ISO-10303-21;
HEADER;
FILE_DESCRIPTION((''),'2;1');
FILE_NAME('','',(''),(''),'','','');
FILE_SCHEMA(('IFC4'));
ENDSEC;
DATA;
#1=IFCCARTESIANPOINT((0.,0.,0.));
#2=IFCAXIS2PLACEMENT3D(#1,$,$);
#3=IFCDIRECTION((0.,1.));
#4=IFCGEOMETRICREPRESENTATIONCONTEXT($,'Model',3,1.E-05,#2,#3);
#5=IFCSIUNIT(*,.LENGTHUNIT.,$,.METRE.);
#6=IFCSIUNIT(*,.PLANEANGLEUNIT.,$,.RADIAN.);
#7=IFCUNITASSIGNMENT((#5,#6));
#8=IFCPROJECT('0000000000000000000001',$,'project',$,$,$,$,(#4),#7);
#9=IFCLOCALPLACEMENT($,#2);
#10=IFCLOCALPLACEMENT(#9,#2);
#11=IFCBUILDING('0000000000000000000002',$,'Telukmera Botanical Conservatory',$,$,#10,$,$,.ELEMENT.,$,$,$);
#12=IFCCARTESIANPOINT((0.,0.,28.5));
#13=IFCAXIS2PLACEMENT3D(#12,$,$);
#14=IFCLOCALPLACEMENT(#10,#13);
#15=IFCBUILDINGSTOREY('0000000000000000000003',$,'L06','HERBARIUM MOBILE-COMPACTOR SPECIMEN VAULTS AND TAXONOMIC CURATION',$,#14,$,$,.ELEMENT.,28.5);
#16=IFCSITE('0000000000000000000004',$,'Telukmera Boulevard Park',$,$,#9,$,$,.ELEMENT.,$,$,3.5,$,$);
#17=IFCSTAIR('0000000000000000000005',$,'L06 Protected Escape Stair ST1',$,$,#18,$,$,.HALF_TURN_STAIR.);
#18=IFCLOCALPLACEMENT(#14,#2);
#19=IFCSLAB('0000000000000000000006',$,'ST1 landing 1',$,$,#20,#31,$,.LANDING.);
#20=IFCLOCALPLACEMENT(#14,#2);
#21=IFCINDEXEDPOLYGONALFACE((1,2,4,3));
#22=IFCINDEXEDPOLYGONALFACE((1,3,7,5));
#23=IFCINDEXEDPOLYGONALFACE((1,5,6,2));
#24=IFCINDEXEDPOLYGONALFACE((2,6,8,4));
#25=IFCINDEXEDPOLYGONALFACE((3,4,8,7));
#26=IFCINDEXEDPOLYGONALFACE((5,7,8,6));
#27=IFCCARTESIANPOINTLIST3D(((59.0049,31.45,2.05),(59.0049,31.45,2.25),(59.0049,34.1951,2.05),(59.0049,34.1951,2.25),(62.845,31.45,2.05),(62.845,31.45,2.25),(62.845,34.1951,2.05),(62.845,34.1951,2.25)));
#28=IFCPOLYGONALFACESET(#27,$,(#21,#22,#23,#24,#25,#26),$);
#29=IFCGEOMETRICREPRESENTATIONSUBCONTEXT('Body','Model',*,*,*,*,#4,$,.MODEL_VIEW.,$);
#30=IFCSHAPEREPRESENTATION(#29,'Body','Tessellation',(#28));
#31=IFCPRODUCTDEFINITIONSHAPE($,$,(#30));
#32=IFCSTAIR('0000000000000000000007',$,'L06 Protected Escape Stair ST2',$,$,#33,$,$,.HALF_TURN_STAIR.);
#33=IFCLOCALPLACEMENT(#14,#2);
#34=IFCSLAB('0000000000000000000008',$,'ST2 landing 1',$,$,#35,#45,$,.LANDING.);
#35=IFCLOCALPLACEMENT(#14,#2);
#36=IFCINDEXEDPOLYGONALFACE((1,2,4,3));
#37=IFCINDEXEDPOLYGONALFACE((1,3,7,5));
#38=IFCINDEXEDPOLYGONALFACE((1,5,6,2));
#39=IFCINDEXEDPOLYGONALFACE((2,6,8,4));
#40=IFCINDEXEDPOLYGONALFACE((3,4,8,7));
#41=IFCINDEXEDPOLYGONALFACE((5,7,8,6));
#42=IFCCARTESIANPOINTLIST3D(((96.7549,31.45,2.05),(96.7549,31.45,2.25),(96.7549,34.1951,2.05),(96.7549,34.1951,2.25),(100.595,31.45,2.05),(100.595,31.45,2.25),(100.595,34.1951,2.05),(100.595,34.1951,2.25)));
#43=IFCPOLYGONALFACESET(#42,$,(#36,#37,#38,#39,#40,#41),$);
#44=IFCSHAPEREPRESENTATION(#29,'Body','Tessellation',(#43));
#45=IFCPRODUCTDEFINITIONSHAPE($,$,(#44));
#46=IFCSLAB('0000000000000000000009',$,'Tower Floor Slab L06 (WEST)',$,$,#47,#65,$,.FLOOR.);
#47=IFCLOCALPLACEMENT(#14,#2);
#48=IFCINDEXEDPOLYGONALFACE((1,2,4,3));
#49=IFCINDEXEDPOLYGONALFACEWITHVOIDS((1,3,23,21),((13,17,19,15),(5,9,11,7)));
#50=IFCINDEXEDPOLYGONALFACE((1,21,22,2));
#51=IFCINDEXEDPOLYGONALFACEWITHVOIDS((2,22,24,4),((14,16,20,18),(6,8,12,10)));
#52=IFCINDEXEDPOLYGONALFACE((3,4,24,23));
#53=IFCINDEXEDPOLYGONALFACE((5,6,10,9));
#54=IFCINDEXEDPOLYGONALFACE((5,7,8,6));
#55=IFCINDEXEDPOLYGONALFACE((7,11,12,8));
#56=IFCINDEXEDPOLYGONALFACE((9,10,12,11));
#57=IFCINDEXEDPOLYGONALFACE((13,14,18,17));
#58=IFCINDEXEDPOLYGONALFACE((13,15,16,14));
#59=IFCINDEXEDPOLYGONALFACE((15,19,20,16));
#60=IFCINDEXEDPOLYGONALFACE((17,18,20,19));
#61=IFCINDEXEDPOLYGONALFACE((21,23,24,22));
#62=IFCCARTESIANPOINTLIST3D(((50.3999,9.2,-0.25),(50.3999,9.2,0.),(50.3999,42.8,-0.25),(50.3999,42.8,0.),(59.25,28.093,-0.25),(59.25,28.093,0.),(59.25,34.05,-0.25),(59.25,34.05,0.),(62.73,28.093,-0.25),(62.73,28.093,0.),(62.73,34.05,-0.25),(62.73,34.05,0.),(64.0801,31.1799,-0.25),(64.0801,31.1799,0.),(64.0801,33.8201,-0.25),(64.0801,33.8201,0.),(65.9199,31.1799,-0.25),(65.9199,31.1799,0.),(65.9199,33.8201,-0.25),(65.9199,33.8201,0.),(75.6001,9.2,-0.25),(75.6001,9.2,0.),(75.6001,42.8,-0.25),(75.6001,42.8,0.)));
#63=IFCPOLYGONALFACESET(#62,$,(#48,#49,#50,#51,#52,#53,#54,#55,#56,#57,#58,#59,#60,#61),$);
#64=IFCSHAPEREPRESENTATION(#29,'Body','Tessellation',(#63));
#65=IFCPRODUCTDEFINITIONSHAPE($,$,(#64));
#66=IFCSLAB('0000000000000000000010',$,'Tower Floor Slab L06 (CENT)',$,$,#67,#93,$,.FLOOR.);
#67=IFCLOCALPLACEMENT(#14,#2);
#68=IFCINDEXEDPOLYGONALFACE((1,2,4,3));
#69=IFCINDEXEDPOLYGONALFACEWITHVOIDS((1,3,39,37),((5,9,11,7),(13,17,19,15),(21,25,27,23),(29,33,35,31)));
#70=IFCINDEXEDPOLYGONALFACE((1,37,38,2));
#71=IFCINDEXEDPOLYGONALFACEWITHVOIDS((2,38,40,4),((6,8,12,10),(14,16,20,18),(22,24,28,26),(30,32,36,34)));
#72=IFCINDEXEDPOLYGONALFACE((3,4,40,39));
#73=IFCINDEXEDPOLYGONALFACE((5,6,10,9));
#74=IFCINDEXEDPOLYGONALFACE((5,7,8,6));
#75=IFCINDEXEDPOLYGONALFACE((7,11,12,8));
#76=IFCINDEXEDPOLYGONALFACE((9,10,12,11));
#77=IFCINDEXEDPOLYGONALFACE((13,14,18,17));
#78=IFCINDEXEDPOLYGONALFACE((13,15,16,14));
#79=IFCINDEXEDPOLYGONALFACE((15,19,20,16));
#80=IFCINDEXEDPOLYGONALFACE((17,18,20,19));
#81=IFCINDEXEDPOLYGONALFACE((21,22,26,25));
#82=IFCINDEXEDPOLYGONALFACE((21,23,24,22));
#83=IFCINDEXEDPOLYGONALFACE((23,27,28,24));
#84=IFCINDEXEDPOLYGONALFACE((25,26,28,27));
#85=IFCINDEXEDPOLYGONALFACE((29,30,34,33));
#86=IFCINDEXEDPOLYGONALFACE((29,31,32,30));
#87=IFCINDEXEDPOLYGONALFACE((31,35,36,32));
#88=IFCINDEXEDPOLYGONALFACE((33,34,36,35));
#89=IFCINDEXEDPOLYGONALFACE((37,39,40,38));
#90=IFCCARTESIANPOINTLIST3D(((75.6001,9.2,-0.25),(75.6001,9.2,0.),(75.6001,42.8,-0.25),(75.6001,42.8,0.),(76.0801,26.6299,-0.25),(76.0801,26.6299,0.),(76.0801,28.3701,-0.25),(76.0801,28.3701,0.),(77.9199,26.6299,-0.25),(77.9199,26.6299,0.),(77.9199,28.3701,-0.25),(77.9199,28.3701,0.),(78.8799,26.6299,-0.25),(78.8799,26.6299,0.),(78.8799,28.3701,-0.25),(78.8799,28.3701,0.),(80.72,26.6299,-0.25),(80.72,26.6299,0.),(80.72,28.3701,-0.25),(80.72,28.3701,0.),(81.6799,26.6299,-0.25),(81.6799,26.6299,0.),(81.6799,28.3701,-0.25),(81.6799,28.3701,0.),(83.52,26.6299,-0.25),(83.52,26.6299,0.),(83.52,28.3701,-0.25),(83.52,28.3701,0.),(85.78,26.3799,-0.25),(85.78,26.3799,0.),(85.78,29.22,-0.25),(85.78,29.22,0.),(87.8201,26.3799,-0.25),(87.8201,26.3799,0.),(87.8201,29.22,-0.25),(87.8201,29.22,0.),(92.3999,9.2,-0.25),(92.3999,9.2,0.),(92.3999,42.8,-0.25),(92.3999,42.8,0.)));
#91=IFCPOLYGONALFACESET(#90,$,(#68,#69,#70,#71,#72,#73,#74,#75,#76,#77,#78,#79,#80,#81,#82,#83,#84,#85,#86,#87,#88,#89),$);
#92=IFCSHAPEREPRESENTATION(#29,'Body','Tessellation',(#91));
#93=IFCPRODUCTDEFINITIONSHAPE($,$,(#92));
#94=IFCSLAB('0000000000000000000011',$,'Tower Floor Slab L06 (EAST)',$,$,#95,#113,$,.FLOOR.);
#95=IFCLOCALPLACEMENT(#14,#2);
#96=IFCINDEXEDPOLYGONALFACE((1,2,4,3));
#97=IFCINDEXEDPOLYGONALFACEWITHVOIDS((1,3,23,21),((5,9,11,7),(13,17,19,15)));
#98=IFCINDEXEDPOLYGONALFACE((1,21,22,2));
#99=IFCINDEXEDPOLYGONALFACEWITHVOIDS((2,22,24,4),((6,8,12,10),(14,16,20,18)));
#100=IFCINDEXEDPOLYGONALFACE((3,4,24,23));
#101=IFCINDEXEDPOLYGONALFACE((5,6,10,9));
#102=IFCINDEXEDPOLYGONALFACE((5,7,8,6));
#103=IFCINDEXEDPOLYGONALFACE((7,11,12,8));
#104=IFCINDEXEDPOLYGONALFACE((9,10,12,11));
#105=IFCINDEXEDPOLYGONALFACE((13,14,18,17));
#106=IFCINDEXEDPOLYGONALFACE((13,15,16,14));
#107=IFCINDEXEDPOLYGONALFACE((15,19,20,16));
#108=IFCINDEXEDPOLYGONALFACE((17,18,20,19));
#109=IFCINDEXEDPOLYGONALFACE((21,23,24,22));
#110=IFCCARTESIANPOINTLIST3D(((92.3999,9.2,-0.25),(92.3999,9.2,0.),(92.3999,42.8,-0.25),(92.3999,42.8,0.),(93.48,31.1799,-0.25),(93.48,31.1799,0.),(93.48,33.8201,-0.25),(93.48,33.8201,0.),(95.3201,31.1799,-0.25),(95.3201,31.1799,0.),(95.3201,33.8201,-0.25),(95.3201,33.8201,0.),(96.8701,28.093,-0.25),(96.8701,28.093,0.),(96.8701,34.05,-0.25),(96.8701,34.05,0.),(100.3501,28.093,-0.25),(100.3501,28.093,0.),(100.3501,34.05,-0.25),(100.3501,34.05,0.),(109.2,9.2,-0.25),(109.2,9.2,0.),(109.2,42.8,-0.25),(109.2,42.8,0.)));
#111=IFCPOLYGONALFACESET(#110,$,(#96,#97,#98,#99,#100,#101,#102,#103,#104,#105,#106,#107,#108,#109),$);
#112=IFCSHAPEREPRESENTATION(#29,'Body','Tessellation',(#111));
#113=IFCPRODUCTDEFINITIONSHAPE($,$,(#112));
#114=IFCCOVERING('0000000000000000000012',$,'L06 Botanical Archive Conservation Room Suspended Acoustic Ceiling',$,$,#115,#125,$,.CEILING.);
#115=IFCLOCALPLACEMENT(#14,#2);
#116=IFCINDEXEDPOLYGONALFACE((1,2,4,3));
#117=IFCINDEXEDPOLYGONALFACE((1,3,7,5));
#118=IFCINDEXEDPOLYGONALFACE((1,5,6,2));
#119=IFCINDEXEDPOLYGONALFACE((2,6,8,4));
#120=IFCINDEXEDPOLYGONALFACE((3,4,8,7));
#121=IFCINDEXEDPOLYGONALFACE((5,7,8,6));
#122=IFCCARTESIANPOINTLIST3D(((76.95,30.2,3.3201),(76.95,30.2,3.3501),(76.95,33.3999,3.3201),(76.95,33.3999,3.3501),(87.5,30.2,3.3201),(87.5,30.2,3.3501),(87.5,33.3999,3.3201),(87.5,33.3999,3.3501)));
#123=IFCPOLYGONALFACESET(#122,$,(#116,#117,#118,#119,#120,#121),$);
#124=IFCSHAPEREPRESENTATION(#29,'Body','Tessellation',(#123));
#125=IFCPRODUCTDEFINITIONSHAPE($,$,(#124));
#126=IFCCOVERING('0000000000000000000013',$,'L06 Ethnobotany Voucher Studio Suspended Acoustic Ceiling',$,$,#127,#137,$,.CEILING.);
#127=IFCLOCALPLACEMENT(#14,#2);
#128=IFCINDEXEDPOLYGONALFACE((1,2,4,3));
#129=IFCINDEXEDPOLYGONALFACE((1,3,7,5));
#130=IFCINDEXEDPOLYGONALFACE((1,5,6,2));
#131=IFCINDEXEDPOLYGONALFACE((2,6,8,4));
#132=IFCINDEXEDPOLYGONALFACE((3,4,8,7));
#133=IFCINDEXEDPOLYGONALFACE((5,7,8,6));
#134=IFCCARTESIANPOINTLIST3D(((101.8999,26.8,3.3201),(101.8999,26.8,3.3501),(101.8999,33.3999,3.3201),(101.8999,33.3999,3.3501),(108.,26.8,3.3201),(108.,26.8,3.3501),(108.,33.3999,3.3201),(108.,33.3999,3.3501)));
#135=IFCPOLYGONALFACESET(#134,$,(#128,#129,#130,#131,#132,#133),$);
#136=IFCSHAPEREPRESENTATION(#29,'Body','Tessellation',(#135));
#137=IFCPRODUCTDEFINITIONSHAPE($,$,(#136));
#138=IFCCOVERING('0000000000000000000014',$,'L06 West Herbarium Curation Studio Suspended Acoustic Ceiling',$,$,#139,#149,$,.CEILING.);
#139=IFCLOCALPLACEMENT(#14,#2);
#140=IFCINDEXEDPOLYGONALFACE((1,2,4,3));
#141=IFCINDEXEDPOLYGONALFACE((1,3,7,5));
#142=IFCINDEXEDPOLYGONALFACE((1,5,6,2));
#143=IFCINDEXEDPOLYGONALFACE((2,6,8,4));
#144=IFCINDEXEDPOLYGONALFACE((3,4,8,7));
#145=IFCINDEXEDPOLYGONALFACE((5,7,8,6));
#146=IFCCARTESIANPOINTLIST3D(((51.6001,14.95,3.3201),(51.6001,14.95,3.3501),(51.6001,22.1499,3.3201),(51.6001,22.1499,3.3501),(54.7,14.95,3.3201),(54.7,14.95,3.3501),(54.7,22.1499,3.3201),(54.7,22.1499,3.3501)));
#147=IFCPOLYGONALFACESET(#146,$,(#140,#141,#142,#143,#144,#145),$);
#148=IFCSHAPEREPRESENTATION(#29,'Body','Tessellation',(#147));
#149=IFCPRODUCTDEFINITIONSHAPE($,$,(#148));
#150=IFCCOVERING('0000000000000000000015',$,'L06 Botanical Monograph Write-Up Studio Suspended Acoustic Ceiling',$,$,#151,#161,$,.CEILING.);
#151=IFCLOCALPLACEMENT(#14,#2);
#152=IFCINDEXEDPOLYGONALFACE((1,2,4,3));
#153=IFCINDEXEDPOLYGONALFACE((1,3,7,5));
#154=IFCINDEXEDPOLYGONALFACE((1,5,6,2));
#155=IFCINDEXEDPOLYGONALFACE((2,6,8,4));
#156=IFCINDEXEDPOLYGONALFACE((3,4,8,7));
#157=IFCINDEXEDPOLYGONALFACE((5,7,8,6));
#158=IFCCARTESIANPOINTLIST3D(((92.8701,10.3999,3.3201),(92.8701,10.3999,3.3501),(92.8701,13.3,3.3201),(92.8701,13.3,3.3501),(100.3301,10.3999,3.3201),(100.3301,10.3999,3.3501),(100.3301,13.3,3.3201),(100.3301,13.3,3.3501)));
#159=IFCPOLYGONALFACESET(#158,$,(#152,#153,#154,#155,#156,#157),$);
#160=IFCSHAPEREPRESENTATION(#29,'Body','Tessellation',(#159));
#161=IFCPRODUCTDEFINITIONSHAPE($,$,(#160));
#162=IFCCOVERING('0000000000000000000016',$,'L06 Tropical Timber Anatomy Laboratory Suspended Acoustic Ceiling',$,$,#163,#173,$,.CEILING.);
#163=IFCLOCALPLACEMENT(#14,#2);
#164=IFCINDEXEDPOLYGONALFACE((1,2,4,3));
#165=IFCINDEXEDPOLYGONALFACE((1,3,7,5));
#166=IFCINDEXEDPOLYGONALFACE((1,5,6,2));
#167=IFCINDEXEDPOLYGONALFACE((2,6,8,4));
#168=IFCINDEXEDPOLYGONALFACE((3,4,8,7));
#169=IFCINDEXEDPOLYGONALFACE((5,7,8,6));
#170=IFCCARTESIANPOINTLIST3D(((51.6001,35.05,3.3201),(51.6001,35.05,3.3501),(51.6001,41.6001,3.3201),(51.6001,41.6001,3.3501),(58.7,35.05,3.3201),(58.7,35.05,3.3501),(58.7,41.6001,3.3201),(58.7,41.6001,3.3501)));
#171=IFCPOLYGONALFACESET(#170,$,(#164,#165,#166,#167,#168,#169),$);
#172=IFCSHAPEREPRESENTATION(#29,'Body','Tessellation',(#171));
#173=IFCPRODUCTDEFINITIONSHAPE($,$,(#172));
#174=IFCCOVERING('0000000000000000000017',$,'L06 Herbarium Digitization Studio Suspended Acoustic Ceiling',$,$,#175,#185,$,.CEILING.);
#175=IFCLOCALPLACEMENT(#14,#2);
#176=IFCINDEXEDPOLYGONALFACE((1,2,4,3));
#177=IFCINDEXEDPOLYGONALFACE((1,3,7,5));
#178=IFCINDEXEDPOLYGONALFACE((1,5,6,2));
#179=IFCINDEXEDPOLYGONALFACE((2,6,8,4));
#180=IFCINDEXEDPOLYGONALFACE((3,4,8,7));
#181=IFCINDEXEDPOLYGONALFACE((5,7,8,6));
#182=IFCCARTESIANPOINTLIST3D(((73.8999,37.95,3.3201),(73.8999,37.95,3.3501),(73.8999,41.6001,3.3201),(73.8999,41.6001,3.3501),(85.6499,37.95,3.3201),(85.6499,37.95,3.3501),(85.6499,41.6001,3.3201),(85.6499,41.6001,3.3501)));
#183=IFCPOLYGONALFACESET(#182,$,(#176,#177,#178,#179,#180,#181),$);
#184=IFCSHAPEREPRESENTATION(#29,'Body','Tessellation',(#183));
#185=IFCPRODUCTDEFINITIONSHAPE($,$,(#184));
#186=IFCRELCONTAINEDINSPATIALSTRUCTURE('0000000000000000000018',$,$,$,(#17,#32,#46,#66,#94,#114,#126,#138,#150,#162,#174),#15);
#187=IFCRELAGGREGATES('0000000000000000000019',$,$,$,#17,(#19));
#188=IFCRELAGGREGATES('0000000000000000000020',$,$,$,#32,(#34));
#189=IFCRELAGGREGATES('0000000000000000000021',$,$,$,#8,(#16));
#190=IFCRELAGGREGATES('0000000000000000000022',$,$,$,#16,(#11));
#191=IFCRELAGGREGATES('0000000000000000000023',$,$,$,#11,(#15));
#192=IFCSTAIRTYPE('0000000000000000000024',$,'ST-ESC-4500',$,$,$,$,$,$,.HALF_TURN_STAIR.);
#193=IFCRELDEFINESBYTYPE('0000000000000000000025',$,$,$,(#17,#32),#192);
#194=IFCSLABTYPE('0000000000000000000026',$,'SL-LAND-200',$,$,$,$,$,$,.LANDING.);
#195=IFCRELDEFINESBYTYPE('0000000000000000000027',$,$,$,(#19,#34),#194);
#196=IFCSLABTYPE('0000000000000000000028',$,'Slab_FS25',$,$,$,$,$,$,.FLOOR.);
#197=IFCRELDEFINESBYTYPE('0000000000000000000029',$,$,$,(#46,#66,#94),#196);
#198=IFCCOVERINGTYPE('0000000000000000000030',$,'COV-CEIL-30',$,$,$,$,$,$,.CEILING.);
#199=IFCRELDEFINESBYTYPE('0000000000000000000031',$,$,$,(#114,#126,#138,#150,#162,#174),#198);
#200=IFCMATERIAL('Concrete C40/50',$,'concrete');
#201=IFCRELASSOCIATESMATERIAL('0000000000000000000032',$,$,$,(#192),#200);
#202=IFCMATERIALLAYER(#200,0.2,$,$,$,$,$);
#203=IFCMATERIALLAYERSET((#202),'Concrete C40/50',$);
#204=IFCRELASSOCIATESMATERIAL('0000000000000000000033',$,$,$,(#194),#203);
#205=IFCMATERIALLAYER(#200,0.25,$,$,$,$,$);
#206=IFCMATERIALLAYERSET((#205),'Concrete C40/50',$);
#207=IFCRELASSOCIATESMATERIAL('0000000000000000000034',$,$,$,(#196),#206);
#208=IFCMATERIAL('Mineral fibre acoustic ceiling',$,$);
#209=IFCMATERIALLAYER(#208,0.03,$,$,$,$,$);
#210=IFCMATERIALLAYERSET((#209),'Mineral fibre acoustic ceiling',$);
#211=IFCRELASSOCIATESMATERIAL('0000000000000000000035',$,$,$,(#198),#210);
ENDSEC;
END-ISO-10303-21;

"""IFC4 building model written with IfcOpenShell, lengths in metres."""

from ifc_helpers import new_model, si_unit, direction, frame, origin, place, context, subcontext, project, spatial, polyline, outline, extrude, material, layer, layer_set, type_object, element, aggregate, save


model = new_model("IFC4")

# Units and contexts
model_context = context("Model", 3, precision=1e-05, world=origin(), true_north=direction((0.0, 1.0)))
body_context = subcontext(model_context, "Body", "Model", "MODEL_VIEW")
ifc_project = project(units=[si_unit("LENGTHUNIT", "METRE"), si_unit("PLANEANGLEUNIT", "RADIAN")], contexts=[model_context])

# Site, building, storey
site_placement = place(None, origin())
site = spatial("IfcSite", under=ifc_project, at=site_placement, Name="Telukmera Boulevard Park", CompositionType="ELEMENT", RefElevation=3.5)
building_placement = place(site_placement, origin())
building = spatial("IfcBuilding", under=site, at=building_placement, Name="Telukmera Botanical Conservatory", CompositionType="ELEMENT")
storey_placement = place(building_placement, frame((0.0, 0.0, 28.5)))
storey = spatial("IfcBuildingStorey", under=building, at=storey_placement, Name="L06", Description="HERBARIUM MOBILE-COMPACTOR SPECIMEN VAULTS AND TAXONOMIC CURATION", CompositionType="ELEMENT", Elevation=28.5)

# Stairs, slabs
ifc_material_1 = material(Name="Concrete C40/50", Category="concrete")
stair_type = type_object("IfcStairType", Name="ST-ESC-4500", PredefinedType="HALF_TURN_STAIR", material=ifc_material_1)
stair_1_placement = place(storey_placement, origin())
stair_1 = element("IfcStair", 1, at=stair_1_placement, inside=storey, type_object=stair_type, Name="L06 Protected Escape Stair ST1", PredefinedType="HALF_TURN_STAIR")
ifc_layer_1 = layer(ifc_material_1, 0.2)
ifc_layer_set_1 = layer_set([ifc_layer_1], Name="Concrete C40/50")
slab_type_1 = type_object("IfcSlabType", Name="SL-LAND-200", PredefinedType="LANDING", material=ifc_layer_set_1)
slab_1_placement = place(storey_placement, frame((0.0, 0.0, 2.05)))
slab_1 = element("IfcSlab", 2, at=slab_1_placement, type_object=slab_type_1, Name="ST1 landing 1", PredefinedType="LANDING", context=body_context, shape_type="SweptSolid", body=[
    extrude(outline(polyline([(59.0049, 31.45), (62.845, 31.45), (62.845, 34.1951), (59.0049, 34.1951), (59.0049, 31.45)])), origin(), (0.0, 0.0, 1.0), 0.2),
])
aggregate(stair_1, [slab_1])
stair_2_placement = place(storey_placement, origin())
stair_2 = element("IfcStair", 3, at=stair_2_placement, inside=storey, type_object=stair_type, Name="L06 Protected Escape Stair ST2", PredefinedType="HALF_TURN_STAIR")
slab_2_placement = place(storey_placement, frame((0.0, 0.0, 2.05)))
slab_2 = element("IfcSlab", 4, at=slab_2_placement, type_object=slab_type_1, Name="ST2 landing 1", PredefinedType="LANDING", context=body_context, shape_type="SweptSolid", body=[
    extrude(outline(polyline([(96.7549, 31.45), (100.595, 31.45), (100.595, 34.1951), (96.7549, 34.1951), (96.7549, 31.45)])), origin(), (0.0, 0.0, 1.0), 0.2),
])
aggregate(stair_2, [slab_2])

# Slabs
ifc_layer_2 = layer(ifc_material_1, 0.25)
ifc_layer_set_2 = layer_set([ifc_layer_2], Name="Concrete C40/50")
slab_type_2 = type_object("IfcSlabType", Name="Slab_FS25", PredefinedType="FLOOR", material=ifc_layer_set_2)
slab_3_placement = place(storey_placement, frame((0.0, 0.0, -0.25)))
element("IfcSlab", 5, at=slab_3_placement, inside=storey, type_object=slab_type_2, Name="Tower Floor Slab L06 (WEST)", PredefinedType="FLOOR", context=body_context, shape_type="SweptSolid", body=[
    extrude(outline(polyline([(50.3999, 9.2), (75.6001, 9.2), (75.6001, 42.8), (50.3999, 42.8), (50.3999, 9.2)]), holes=[polyline([(62.73, 28.093), (62.73, 34.05), (59.25, 34.05), (59.25, 28.093), (62.73, 28.093)]), polyline([(64.0801, 31.1799), (65.9199, 31.1799), (65.9199, 33.8201), (64.0801, 33.8201), (64.0801, 31.1799)])]), origin(), (0.0, 0.0, 1.0), 0.25),
])
slab_4_placement = place(storey_placement, frame((0.0, 0.0, -0.25)))
element("IfcSlab", 6, at=slab_4_placement, inside=storey, type_object=slab_type_2, Name="Tower Floor Slab L06 (CENT)", PredefinedType="FLOOR", context=body_context, shape_type="SweptSolid", body=[
    extrude(outline(polyline([(75.6001, 9.2), (92.3999, 9.2), (92.3999, 42.8), (75.6001, 42.8), (75.6001, 9.2)]), holes=[polyline([(85.78, 26.3799), (87.8201, 26.3799), (87.8201, 29.22), (85.78, 29.22), (85.78, 26.3799)]), polyline([(76.0801, 26.6299), (77.9199, 26.6299), (77.9199, 28.3701), (76.0801, 28.3701), (76.0801, 26.6299)]), polyline([(78.8799, 26.6299), (80.72, 26.6299), (80.72, 28.3701), (78.8799, 28.3701), (78.8799, 26.6299)]), polyline([(81.6799, 26.6299), (83.52, 26.6299), (83.52, 28.3701), (81.6799, 28.3701), (81.6799, 26.6299)])]), origin(), (0.0, 0.0, 1.0), 0.25),
])
slab_5_placement = place(storey_placement, frame((0.0, 0.0, -0.25)))
element("IfcSlab", 7, at=slab_5_placement, inside=storey, type_object=slab_type_2, Name="Tower Floor Slab L06 (EAST)", PredefinedType="FLOOR", context=body_context, shape_type="SweptSolid", body=[
    extrude(outline(polyline([(92.3999, 9.2), (109.2, 9.2), (109.2, 42.8), (92.3999, 42.8), (92.3999, 9.2)]), holes=[polyline([(100.3501, 28.093), (100.3501, 34.05), (96.8701, 34.05), (96.8701, 28.093), (100.3501, 28.093)]), polyline([(93.48, 31.1799), (95.3201, 31.1799), (95.3201, 33.8201), (93.48, 33.8201), (93.48, 31.1799)])]), origin(), (0.0, 0.0, 1.0), 0.25),
])

# Coverings
ifc_material_2 = material(Name="Mineral fibre acoustic ceiling")
ifc_layer_3 = layer(ifc_material_2, 0.03)
ifc_layer_set_3 = layer_set([ifc_layer_3], Name="Mineral fibre acoustic ceiling")
covering_type_1 = type_object("IfcCoveringType", Name="COV-CEIL-30", PredefinedType="CEILING", material=ifc_layer_set_3)
covering_1_placement = place(storey_placement, frame((0.0, 0.0, 3.3201)))
element("IfcCovering", 8, at=covering_1_placement, inside=storey, type_object=covering_type_1, Name="L06 Botanical Archive Conservation Room Suspended Acoustic Ceiling", PredefinedType="CEILING", context=body_context, shape_type="SweptSolid", body=[
    extrude(outline(polyline([(76.95, 30.2), (87.5, 30.2), (87.5, 33.3999), (76.95, 33.3999), (76.95, 30.2)])), origin(), (0.0, 0.0, 1.0), 0.03),
])
covering_2_placement = place(storey_placement, frame((0.0, 0.0, 3.3201)))
element("IfcCovering", 9, at=covering_2_placement, inside=storey, type_object=covering_type_1, Name="L06 Ethnobotany Voucher Studio Suspended Acoustic Ceiling", PredefinedType="CEILING", context=body_context, shape_type="SweptSolid", body=[
    extrude(outline(polyline([(101.8999, 26.8), (108.0, 26.8), (108.0, 33.3999), (101.8999, 33.3999), (101.8999, 26.8)])), origin(), (0.0, 0.0, 1.0), 0.03),
])
covering_3_placement = place(storey_placement, frame((0.0, 0.0, 3.3201)))
element("IfcCovering", 10, at=covering_3_placement, inside=storey, type_object=covering_type_1, Name="L06 West Herbarium Curation Studio Suspended Acoustic Ceiling", PredefinedType="CEILING", context=body_context, shape_type="SweptSolid", body=[
    extrude(outline(polyline([(51.6001, 14.95), (54.7, 14.95), (54.7, 22.1499), (51.6001, 22.1499), (51.6001, 14.95)])), origin(), (0.0, 0.0, 1.0), 0.03),
])
covering_4_placement = place(storey_placement, frame((0.0, 0.0, 3.3201)))
element("IfcCovering", 11, at=covering_4_placement, inside=storey, type_object=covering_type_1, Name="L06 Botanical Monograph Write-Up Studio Suspended Acoustic Ceiling", PredefinedType="CEILING", context=body_context, shape_type="SweptSolid", body=[
    extrude(outline(polyline([(92.8701, 10.3999), (100.3301, 10.3999), (100.3301, 13.3), (92.8701, 13.3), (92.8701, 10.3999)])), origin(), (0.0, 0.0, 1.0), 0.03),
])
covering_5_placement = place(storey_placement, frame((0.0, 0.0, 3.3201)))
element("IfcCovering", 12, at=covering_5_placement, inside=storey, type_object=covering_type_1, Name="L06 Tropical Timber Anatomy Laboratory Suspended Acoustic Ceiling", PredefinedType="CEILING", context=body_context, shape_type="SweptSolid", body=[
    extrude(outline(polyline([(51.6001, 35.05), (58.7, 35.05), (58.7, 41.6001), (51.6001, 41.6001), (51.6001, 35.05)])), origin(), (0.0, 0.0, 1.0), 0.03),
])
covering_6_placement = place(storey_placement, frame((0.0, 0.0, 3.3201)))
element("IfcCovering", 13, at=covering_6_placement, inside=storey, type_object=covering_type_1, Name="L06 Herbarium Digitization Studio Suspended Acoustic Ceiling", PredefinedType="CEILING", context=body_context, shape_type="SweptSolid", body=[
    extrude(outline(polyline([(73.8999, 37.95), (85.6499, 37.95), (85.6499, 41.6001), (73.8999, 41.6001), (73.8999, 37.95)])), origin(), (0.0, 0.0, 1.0), 0.03),
])

save(model, "model.ifc")
